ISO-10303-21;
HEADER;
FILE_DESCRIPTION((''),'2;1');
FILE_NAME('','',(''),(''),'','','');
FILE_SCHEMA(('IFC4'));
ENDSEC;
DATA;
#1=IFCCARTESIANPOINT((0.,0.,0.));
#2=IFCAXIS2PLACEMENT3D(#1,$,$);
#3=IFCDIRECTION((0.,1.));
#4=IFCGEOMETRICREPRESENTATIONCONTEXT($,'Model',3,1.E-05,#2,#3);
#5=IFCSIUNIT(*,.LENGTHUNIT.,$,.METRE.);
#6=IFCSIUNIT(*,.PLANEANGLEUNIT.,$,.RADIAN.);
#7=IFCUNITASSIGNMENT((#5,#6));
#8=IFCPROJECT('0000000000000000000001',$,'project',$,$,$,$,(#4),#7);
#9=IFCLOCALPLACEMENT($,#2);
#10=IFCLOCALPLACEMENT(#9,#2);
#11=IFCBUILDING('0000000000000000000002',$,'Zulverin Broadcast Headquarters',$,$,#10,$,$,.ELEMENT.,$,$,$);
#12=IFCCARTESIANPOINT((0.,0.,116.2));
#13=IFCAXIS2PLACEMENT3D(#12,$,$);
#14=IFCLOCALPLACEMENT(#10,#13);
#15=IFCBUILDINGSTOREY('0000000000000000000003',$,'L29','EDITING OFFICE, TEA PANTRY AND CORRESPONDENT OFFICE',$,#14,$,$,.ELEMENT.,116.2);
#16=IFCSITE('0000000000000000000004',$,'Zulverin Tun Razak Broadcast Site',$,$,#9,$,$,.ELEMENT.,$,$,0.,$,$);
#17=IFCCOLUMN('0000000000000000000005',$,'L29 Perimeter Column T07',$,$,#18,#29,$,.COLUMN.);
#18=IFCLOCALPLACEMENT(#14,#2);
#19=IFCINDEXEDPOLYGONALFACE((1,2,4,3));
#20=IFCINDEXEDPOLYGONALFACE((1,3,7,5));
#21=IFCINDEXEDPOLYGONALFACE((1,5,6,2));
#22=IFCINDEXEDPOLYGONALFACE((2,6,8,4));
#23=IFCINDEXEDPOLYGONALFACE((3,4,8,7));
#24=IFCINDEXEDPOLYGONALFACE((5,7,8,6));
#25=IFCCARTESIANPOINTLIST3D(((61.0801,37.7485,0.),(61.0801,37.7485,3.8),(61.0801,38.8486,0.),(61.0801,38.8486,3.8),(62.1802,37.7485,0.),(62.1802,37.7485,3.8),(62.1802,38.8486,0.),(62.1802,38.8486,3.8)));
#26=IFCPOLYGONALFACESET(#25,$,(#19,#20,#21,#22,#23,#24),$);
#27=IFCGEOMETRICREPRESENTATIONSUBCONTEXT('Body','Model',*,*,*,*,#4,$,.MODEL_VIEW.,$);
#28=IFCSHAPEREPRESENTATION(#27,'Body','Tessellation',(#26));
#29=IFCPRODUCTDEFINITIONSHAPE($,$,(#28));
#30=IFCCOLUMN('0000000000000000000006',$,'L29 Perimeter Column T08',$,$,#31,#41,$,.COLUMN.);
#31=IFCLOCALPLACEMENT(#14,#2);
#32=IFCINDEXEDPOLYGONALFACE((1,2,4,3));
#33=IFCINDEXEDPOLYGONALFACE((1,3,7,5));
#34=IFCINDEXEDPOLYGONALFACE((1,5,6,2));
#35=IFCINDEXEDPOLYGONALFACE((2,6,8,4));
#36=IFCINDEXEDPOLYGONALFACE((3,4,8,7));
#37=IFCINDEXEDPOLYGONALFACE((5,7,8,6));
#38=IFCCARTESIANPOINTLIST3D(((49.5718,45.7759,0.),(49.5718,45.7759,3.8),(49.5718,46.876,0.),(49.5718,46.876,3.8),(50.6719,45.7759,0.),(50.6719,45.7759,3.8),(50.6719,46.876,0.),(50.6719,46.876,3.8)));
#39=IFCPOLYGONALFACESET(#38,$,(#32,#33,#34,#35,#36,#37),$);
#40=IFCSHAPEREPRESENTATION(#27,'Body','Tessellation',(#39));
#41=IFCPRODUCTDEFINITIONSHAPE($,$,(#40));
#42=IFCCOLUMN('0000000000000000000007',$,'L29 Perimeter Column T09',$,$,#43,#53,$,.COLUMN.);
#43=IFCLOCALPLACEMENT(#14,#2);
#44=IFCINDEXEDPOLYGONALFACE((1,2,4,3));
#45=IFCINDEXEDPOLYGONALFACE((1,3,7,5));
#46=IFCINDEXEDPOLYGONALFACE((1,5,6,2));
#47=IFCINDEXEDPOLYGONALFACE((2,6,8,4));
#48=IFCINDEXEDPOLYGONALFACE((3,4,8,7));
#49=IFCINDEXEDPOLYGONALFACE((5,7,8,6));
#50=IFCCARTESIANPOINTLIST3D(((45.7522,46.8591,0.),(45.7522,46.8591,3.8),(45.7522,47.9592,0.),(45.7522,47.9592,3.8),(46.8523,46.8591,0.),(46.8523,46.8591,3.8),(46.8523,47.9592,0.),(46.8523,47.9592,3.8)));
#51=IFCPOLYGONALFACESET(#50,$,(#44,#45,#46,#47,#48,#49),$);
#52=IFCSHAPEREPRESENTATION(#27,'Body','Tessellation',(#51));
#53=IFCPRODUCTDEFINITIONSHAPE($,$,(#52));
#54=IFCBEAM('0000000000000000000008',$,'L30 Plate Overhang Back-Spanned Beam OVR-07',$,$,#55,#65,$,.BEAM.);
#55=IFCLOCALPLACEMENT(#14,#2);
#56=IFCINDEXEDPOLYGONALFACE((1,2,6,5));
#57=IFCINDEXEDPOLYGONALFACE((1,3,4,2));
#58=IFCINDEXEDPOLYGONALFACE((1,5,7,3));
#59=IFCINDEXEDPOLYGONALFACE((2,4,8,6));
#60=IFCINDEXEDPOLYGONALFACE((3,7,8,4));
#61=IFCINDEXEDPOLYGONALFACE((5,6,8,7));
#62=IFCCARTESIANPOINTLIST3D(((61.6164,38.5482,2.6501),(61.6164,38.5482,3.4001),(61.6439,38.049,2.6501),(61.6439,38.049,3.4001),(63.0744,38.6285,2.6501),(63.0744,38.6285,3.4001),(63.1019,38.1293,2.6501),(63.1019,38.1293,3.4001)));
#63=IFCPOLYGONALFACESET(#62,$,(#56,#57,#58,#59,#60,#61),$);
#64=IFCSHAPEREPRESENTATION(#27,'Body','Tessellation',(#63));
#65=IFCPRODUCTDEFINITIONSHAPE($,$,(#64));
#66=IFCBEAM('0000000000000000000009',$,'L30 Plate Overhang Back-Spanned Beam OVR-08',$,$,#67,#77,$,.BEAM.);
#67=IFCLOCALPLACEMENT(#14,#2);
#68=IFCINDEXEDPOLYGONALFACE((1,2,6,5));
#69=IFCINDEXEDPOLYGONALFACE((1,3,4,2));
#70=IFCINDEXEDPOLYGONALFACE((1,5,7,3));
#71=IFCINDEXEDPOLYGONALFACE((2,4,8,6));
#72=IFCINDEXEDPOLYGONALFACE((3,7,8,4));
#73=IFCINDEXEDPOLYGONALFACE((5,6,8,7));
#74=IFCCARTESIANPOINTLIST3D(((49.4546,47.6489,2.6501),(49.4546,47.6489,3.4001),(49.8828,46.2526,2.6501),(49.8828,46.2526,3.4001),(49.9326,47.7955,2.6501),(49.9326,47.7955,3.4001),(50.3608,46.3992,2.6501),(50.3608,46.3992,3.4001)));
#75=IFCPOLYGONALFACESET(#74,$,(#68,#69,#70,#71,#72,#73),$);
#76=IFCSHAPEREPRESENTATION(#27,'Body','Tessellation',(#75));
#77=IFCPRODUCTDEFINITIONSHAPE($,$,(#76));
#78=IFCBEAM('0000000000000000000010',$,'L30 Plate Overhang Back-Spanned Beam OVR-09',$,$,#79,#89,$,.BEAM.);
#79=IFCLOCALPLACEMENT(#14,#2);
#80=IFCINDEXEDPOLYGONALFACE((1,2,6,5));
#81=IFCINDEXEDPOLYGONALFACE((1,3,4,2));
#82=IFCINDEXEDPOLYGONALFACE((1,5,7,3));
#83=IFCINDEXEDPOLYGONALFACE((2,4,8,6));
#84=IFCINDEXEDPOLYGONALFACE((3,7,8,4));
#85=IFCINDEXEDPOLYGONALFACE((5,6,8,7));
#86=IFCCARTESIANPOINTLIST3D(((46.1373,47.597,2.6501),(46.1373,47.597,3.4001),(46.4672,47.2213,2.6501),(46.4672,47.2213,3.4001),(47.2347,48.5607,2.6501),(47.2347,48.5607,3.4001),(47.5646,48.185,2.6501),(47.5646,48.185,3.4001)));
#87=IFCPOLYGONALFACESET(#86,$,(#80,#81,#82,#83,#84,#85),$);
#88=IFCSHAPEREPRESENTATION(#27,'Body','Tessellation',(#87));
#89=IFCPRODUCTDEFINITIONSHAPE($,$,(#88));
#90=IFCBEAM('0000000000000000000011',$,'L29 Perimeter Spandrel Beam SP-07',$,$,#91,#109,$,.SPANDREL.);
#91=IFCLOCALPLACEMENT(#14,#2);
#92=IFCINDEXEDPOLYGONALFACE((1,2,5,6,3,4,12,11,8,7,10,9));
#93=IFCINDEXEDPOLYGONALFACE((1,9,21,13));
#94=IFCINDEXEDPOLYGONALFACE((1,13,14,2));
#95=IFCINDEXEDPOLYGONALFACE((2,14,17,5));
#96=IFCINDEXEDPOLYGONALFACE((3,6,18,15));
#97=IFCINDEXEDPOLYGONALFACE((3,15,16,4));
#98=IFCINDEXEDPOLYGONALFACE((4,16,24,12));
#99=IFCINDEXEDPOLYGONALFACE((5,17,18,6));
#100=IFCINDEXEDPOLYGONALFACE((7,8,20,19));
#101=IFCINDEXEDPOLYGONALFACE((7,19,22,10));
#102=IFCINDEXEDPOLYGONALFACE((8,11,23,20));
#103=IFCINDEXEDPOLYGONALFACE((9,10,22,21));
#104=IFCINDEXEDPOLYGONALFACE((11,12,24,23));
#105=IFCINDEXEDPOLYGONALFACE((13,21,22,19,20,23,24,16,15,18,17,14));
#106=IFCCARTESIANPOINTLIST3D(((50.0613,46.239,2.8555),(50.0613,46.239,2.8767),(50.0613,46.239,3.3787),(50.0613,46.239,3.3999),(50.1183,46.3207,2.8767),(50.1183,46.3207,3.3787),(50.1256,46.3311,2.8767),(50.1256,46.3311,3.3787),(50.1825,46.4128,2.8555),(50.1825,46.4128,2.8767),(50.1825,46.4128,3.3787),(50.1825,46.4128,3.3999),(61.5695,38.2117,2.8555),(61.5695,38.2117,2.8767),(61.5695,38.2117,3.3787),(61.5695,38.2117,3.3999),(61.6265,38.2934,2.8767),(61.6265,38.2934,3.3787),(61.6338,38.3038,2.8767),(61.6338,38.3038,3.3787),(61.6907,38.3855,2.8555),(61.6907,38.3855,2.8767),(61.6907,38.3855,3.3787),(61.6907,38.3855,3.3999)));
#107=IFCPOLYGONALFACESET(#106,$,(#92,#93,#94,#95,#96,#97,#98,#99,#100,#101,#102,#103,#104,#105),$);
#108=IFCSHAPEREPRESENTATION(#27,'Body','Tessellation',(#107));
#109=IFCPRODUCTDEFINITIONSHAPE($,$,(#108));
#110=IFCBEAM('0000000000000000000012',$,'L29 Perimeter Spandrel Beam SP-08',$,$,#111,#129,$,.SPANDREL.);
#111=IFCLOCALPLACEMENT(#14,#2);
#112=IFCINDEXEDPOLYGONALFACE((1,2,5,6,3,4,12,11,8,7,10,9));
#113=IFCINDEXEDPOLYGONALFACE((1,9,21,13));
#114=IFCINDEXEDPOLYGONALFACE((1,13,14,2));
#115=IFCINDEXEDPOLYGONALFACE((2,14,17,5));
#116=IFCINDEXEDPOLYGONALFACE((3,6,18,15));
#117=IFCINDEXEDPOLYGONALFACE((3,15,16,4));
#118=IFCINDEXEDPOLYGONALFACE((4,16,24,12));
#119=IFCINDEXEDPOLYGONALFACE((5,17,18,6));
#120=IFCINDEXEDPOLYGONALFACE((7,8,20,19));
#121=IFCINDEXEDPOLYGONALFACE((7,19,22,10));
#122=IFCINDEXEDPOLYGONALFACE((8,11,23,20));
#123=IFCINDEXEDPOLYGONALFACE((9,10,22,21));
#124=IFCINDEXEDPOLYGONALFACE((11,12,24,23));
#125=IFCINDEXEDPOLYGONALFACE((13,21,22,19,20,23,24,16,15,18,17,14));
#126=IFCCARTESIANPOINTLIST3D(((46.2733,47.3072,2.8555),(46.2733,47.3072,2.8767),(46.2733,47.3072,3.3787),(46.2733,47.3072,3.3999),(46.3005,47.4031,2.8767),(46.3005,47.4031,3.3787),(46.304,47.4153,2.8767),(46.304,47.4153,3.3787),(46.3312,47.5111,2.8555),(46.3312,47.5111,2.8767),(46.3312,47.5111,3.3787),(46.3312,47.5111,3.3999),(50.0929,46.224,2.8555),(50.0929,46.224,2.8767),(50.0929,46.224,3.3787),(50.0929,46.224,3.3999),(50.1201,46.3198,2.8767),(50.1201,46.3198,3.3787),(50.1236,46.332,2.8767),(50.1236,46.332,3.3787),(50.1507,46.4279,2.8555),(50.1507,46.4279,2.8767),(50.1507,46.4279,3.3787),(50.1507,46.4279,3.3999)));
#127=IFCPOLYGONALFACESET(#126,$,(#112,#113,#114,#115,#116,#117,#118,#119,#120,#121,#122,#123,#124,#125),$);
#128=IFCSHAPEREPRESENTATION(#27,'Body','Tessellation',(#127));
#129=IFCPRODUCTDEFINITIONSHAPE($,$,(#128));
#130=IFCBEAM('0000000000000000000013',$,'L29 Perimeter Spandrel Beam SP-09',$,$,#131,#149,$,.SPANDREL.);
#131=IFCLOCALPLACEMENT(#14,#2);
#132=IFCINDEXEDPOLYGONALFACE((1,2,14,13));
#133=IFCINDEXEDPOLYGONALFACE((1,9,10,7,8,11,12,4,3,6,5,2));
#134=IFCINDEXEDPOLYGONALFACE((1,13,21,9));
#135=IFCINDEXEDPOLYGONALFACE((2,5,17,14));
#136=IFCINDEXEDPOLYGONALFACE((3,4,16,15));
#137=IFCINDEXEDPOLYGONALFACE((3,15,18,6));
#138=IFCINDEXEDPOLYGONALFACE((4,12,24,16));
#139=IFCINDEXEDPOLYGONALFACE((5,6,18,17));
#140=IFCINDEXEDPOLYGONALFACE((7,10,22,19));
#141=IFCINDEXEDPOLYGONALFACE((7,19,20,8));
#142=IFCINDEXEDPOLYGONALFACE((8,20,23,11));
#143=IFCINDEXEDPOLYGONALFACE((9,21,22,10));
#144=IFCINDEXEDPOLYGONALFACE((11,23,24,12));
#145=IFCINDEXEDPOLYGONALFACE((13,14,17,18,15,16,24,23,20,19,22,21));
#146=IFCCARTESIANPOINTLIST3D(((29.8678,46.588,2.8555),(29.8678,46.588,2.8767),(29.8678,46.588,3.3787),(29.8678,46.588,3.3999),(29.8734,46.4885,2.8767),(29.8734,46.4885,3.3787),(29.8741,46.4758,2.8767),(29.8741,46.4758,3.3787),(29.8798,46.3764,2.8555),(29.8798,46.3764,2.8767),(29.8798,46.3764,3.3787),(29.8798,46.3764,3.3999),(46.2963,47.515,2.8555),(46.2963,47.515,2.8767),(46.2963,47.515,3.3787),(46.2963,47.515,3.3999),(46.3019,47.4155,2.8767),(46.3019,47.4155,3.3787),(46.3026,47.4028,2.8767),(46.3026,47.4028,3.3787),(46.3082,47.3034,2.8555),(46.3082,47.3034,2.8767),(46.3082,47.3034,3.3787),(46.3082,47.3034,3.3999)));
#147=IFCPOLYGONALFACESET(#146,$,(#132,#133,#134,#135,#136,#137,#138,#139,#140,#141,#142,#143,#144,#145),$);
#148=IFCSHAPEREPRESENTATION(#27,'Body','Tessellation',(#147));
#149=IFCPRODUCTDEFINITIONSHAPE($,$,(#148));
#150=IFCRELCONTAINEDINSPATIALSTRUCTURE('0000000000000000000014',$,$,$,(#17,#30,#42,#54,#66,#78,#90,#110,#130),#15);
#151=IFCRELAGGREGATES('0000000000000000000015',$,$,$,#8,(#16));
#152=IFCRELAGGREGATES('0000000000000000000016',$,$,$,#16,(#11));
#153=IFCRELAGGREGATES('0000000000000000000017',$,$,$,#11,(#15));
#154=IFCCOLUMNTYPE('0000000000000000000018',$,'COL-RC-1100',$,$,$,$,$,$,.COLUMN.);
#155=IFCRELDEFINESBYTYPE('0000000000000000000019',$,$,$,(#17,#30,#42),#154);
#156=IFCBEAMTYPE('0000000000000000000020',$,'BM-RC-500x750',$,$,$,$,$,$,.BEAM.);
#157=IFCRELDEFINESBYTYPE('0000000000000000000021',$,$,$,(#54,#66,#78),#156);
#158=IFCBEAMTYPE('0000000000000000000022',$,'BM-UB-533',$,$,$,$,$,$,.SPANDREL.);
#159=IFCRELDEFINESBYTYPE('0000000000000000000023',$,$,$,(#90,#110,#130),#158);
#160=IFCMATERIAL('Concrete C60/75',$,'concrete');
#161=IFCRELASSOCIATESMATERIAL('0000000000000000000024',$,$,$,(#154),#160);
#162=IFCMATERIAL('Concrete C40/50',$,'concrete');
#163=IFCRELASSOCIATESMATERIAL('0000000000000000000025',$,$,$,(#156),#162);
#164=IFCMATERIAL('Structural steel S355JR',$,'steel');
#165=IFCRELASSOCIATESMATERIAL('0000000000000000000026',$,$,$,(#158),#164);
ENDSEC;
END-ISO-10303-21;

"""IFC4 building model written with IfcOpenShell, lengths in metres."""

from ifc_helpers import new_model, si_unit, direction, frame, origin, origin_2d, place, context, subcontext, project, spatial, rectangle, i_section, extrude, material, material_profile, profile_set, type_object, element, save


model = new_model("IFC4")

# Units and contexts
model_context = context("Model", 3, precision=1e-05, world=origin(), true_north=direction((0.0, 1.0)))
body_context = subcontext(model_context, "Body", "Model", "MODEL_VIEW")
ifc_project = project(units=[si_unit("LENGTHUNIT", "METRE"), si_unit("PLANEANGLEUNIT", "RADIAN")], contexts=[model_context])

# Site, building, storey
site_placement = place(None, origin())
site = spatial("IfcSite", under=ifc_project, at=site_placement, Name="Zulverin Tun Razak Broadcast Site", CompositionType="ELEMENT", RefElevation=0.0)
building_placement = place(site_placement, origin())
building = spatial("IfcBuilding", under=site, at=building_placement, Name="Zulverin Broadcast Headquarters", CompositionType="ELEMENT")
storey_placement = place(building_placement, frame((0.0, 0.0, 116.2)))
storey = spatial("IfcBuildingStorey", under=building, at=storey_placement, Name="L29", Description="EDITING OFFICE, TEA PANTRY AND CORRESPONDENT OFFICE", CompositionType="ELEMENT", Elevation=116.2)

# Columns
ifc_material_1 = material(Name="Concrete C60/75", Category="concrete")
ifc_material_profile_1 = material_profile(ifc_material_1, rectangle(XDim=1.1001, YDim=1.1001, at=origin_2d()), Name="Concrete C60/75", Category="concrete")
ifc_profile_set_1 = profile_set([ifc_material_profile_1], Name="Concrete C60/75")
column_type = type_object("IfcColumnType", Name="COL-RC-1100", PredefinedType="COLUMN", material=ifc_profile_set_1)
for number, where, z_axis, x_axis, name in (
    (1, (61.6301, 38.2986, 0.0), (0.0, 0.0, 1.0), (1.0, 0.0, 0.0), "L29 Perimeter Column T07"),
    (2, (50.1218, 46.3259, 0.0), (0.0, 0.0, 1.0), (1.0, 0.0, 0.0), "L29 Perimeter Column T08"),
    (3, (46.3022, 47.4092, 0.0), (0.0, 0.0, 1.0), (1.0, 0.0, 0.0), "L29 Perimeter Column T09"),
):
    element("IfcColumn", number, at=place(storey_placement, frame(where, z_axis=z_axis, x_axis=x_axis)), inside=storey, type_object=column_type, Name=name, PredefinedType="COLUMN", context=body_context, shape_type="SweptSolid", body=[
        extrude(rectangle(XDim=1.1001, YDim=1.1001, at=origin_2d()), origin(), (0.0, 0.0, 1.0), 3.8),
    ])

# Beams
ifc_material_2 = material(Name="Concrete C40/50", Category="concrete")
ifc_material_profile_2 = material_profile(ifc_material_2, rectangle(XDim=0.5, YDim=0.75, at=origin_2d()), Name="Concrete C40/50", Category="concrete")
ifc_profile_set_2 = profile_set([ifc_material_profile_2], Name="Concrete C40/50")
beam_type_1 = type_object("IfcBeamType", Name="BM-RC-500x750", PredefinedType="BEAM", material=ifc_profile_set_2)
beam_1_placement = place(storey_placement, frame((61.6301, 38.2986, 3.0251), z_axis=(0.998486, 0.055007, 0.0), x_axis=(-0.055007, 0.998486, 0.0)))
element("IfcBeam", 4, at=beam_1_placement, inside=storey, type_object=beam_type_1, Name="L30 Plate Overhang Back-Spanned Beam OVR-07", PredefinedType="BEAM", context=body_context, shape_type="SweptSolid", body=[
    extrude(rectangle(XDim=0.5, YDim=0.75, at=origin_2d()), origin(), (0.0, 0.0, 1.0), 1.4602),
])
for number, where, z_axis, x_axis, name in (
    (5, (50.1218, 46.3259, 3.0251), (-0.293216, 0.956046, 0.0), (-0.956046, -0.293216, 0.0), "L30 Plate Overhang Back-Spanned Beam OVR-08"),
    (6, (46.3022, 47.4092, 3.0251), (0.751426, 0.659817, 0.0), (-0.659817, 0.751426, 0.0), "L30 Plate Overhang Back-Spanned Beam OVR-09"),
):
    element("IfcBeam", number, at=place(storey_placement, frame(where, z_axis=z_axis, x_axis=x_axis)), inside=storey, type_object=beam_type_1, Name=name, PredefinedType="BEAM", context=body_context, shape_type="SweptSolid", body=[
        extrude(rectangle(XDim=0.5, YDim=0.75, at=origin_2d()), origin(), (0.0, 0.0, 1.0), 1.4604),
    ])
ifc_material_3 = material(Name="Structural steel S355JR", Category="steel")
ifc_material_profile_3 = material_profile(ifc_material_3, i_section(OverallWidth=0.2119, OverallDepth=0.5444, WebThickness=0.0127, FlangeThickness=0.0212, at=origin_2d()), Name="Structural steel S355JR", Category="steel")
ifc_profile_set_3 = profile_set([ifc_material_profile_3], Name="Structural steel S355JR")
beam_type_2 = type_object("IfcBeamType", Name="BM-UB-533", PredefinedType="SPANDREL", material=ifc_profile_set_3)
beam_2_placement = place(storey_placement, frame((61.6301, 38.2986, 3.1277), z_axis=(-0.820184, 0.5721, 0.0), x_axis=(-0.5721, -0.820184, 0.0)))
element("IfcBeam", 7, at=beam_2_placement, inside=storey, type_object=beam_type_2, Name="L29 Perimeter Spandrel Beam SP-07", PredefinedType="SPANDREL", context=body_context, shape_type="SweptSolid", body=[
    extrude(i_section(OverallWidth=0.2119, OverallDepth=0.5444, WebThickness=0.0127, FlangeThickness=0.0212, at=origin_2d()), origin(), (0.0, 0.0, 1.0), 14.0312),
])
beam_3_placement = place(storey_placement, frame((50.1218, 46.3259, 3.1277), z_axis=(-0.962058, 0.272844, 0.0), x_axis=(-0.272844, -0.962058, 0.0)))
element("IfcBeam", 8, at=beam_3_placement, inside=storey, type_object=beam_type_2, Name="L29 Perimeter Spandrel Beam SP-08", PredefinedType="SPANDREL", context=body_context, shape_type="SweptSolid", body=[
    extrude(i_section(OverallWidth=0.2119, OverallDepth=0.5444, WebThickness=0.0127, FlangeThickness=0.0212, at=origin_2d()), origin(), (0.0, 0.0, 1.0), 3.9702),
])
beam_4_placement = place(storey_placement, frame((46.3022, 47.4092, 3.1277), z_axis=(-0.998412, -0.056337, 0.0), x_axis=(0.056337, -0.998412, 0.0)))
element("IfcBeam", 9, at=beam_4_placement, inside=storey, type_object=beam_type_2, Name="L29 Perimeter Spandrel Beam SP-09", PredefinedType="SPANDREL", context=body_context, shape_type="SweptSolid", body=[
    extrude(i_section(OverallWidth=0.2119, OverallDepth=0.5444, WebThickness=0.0127, FlangeThickness=0.0212, at=origin_2d()), origin(), (0.0, 0.0, 1.0), 16.4546),
])

save(model, "model.ifc")
